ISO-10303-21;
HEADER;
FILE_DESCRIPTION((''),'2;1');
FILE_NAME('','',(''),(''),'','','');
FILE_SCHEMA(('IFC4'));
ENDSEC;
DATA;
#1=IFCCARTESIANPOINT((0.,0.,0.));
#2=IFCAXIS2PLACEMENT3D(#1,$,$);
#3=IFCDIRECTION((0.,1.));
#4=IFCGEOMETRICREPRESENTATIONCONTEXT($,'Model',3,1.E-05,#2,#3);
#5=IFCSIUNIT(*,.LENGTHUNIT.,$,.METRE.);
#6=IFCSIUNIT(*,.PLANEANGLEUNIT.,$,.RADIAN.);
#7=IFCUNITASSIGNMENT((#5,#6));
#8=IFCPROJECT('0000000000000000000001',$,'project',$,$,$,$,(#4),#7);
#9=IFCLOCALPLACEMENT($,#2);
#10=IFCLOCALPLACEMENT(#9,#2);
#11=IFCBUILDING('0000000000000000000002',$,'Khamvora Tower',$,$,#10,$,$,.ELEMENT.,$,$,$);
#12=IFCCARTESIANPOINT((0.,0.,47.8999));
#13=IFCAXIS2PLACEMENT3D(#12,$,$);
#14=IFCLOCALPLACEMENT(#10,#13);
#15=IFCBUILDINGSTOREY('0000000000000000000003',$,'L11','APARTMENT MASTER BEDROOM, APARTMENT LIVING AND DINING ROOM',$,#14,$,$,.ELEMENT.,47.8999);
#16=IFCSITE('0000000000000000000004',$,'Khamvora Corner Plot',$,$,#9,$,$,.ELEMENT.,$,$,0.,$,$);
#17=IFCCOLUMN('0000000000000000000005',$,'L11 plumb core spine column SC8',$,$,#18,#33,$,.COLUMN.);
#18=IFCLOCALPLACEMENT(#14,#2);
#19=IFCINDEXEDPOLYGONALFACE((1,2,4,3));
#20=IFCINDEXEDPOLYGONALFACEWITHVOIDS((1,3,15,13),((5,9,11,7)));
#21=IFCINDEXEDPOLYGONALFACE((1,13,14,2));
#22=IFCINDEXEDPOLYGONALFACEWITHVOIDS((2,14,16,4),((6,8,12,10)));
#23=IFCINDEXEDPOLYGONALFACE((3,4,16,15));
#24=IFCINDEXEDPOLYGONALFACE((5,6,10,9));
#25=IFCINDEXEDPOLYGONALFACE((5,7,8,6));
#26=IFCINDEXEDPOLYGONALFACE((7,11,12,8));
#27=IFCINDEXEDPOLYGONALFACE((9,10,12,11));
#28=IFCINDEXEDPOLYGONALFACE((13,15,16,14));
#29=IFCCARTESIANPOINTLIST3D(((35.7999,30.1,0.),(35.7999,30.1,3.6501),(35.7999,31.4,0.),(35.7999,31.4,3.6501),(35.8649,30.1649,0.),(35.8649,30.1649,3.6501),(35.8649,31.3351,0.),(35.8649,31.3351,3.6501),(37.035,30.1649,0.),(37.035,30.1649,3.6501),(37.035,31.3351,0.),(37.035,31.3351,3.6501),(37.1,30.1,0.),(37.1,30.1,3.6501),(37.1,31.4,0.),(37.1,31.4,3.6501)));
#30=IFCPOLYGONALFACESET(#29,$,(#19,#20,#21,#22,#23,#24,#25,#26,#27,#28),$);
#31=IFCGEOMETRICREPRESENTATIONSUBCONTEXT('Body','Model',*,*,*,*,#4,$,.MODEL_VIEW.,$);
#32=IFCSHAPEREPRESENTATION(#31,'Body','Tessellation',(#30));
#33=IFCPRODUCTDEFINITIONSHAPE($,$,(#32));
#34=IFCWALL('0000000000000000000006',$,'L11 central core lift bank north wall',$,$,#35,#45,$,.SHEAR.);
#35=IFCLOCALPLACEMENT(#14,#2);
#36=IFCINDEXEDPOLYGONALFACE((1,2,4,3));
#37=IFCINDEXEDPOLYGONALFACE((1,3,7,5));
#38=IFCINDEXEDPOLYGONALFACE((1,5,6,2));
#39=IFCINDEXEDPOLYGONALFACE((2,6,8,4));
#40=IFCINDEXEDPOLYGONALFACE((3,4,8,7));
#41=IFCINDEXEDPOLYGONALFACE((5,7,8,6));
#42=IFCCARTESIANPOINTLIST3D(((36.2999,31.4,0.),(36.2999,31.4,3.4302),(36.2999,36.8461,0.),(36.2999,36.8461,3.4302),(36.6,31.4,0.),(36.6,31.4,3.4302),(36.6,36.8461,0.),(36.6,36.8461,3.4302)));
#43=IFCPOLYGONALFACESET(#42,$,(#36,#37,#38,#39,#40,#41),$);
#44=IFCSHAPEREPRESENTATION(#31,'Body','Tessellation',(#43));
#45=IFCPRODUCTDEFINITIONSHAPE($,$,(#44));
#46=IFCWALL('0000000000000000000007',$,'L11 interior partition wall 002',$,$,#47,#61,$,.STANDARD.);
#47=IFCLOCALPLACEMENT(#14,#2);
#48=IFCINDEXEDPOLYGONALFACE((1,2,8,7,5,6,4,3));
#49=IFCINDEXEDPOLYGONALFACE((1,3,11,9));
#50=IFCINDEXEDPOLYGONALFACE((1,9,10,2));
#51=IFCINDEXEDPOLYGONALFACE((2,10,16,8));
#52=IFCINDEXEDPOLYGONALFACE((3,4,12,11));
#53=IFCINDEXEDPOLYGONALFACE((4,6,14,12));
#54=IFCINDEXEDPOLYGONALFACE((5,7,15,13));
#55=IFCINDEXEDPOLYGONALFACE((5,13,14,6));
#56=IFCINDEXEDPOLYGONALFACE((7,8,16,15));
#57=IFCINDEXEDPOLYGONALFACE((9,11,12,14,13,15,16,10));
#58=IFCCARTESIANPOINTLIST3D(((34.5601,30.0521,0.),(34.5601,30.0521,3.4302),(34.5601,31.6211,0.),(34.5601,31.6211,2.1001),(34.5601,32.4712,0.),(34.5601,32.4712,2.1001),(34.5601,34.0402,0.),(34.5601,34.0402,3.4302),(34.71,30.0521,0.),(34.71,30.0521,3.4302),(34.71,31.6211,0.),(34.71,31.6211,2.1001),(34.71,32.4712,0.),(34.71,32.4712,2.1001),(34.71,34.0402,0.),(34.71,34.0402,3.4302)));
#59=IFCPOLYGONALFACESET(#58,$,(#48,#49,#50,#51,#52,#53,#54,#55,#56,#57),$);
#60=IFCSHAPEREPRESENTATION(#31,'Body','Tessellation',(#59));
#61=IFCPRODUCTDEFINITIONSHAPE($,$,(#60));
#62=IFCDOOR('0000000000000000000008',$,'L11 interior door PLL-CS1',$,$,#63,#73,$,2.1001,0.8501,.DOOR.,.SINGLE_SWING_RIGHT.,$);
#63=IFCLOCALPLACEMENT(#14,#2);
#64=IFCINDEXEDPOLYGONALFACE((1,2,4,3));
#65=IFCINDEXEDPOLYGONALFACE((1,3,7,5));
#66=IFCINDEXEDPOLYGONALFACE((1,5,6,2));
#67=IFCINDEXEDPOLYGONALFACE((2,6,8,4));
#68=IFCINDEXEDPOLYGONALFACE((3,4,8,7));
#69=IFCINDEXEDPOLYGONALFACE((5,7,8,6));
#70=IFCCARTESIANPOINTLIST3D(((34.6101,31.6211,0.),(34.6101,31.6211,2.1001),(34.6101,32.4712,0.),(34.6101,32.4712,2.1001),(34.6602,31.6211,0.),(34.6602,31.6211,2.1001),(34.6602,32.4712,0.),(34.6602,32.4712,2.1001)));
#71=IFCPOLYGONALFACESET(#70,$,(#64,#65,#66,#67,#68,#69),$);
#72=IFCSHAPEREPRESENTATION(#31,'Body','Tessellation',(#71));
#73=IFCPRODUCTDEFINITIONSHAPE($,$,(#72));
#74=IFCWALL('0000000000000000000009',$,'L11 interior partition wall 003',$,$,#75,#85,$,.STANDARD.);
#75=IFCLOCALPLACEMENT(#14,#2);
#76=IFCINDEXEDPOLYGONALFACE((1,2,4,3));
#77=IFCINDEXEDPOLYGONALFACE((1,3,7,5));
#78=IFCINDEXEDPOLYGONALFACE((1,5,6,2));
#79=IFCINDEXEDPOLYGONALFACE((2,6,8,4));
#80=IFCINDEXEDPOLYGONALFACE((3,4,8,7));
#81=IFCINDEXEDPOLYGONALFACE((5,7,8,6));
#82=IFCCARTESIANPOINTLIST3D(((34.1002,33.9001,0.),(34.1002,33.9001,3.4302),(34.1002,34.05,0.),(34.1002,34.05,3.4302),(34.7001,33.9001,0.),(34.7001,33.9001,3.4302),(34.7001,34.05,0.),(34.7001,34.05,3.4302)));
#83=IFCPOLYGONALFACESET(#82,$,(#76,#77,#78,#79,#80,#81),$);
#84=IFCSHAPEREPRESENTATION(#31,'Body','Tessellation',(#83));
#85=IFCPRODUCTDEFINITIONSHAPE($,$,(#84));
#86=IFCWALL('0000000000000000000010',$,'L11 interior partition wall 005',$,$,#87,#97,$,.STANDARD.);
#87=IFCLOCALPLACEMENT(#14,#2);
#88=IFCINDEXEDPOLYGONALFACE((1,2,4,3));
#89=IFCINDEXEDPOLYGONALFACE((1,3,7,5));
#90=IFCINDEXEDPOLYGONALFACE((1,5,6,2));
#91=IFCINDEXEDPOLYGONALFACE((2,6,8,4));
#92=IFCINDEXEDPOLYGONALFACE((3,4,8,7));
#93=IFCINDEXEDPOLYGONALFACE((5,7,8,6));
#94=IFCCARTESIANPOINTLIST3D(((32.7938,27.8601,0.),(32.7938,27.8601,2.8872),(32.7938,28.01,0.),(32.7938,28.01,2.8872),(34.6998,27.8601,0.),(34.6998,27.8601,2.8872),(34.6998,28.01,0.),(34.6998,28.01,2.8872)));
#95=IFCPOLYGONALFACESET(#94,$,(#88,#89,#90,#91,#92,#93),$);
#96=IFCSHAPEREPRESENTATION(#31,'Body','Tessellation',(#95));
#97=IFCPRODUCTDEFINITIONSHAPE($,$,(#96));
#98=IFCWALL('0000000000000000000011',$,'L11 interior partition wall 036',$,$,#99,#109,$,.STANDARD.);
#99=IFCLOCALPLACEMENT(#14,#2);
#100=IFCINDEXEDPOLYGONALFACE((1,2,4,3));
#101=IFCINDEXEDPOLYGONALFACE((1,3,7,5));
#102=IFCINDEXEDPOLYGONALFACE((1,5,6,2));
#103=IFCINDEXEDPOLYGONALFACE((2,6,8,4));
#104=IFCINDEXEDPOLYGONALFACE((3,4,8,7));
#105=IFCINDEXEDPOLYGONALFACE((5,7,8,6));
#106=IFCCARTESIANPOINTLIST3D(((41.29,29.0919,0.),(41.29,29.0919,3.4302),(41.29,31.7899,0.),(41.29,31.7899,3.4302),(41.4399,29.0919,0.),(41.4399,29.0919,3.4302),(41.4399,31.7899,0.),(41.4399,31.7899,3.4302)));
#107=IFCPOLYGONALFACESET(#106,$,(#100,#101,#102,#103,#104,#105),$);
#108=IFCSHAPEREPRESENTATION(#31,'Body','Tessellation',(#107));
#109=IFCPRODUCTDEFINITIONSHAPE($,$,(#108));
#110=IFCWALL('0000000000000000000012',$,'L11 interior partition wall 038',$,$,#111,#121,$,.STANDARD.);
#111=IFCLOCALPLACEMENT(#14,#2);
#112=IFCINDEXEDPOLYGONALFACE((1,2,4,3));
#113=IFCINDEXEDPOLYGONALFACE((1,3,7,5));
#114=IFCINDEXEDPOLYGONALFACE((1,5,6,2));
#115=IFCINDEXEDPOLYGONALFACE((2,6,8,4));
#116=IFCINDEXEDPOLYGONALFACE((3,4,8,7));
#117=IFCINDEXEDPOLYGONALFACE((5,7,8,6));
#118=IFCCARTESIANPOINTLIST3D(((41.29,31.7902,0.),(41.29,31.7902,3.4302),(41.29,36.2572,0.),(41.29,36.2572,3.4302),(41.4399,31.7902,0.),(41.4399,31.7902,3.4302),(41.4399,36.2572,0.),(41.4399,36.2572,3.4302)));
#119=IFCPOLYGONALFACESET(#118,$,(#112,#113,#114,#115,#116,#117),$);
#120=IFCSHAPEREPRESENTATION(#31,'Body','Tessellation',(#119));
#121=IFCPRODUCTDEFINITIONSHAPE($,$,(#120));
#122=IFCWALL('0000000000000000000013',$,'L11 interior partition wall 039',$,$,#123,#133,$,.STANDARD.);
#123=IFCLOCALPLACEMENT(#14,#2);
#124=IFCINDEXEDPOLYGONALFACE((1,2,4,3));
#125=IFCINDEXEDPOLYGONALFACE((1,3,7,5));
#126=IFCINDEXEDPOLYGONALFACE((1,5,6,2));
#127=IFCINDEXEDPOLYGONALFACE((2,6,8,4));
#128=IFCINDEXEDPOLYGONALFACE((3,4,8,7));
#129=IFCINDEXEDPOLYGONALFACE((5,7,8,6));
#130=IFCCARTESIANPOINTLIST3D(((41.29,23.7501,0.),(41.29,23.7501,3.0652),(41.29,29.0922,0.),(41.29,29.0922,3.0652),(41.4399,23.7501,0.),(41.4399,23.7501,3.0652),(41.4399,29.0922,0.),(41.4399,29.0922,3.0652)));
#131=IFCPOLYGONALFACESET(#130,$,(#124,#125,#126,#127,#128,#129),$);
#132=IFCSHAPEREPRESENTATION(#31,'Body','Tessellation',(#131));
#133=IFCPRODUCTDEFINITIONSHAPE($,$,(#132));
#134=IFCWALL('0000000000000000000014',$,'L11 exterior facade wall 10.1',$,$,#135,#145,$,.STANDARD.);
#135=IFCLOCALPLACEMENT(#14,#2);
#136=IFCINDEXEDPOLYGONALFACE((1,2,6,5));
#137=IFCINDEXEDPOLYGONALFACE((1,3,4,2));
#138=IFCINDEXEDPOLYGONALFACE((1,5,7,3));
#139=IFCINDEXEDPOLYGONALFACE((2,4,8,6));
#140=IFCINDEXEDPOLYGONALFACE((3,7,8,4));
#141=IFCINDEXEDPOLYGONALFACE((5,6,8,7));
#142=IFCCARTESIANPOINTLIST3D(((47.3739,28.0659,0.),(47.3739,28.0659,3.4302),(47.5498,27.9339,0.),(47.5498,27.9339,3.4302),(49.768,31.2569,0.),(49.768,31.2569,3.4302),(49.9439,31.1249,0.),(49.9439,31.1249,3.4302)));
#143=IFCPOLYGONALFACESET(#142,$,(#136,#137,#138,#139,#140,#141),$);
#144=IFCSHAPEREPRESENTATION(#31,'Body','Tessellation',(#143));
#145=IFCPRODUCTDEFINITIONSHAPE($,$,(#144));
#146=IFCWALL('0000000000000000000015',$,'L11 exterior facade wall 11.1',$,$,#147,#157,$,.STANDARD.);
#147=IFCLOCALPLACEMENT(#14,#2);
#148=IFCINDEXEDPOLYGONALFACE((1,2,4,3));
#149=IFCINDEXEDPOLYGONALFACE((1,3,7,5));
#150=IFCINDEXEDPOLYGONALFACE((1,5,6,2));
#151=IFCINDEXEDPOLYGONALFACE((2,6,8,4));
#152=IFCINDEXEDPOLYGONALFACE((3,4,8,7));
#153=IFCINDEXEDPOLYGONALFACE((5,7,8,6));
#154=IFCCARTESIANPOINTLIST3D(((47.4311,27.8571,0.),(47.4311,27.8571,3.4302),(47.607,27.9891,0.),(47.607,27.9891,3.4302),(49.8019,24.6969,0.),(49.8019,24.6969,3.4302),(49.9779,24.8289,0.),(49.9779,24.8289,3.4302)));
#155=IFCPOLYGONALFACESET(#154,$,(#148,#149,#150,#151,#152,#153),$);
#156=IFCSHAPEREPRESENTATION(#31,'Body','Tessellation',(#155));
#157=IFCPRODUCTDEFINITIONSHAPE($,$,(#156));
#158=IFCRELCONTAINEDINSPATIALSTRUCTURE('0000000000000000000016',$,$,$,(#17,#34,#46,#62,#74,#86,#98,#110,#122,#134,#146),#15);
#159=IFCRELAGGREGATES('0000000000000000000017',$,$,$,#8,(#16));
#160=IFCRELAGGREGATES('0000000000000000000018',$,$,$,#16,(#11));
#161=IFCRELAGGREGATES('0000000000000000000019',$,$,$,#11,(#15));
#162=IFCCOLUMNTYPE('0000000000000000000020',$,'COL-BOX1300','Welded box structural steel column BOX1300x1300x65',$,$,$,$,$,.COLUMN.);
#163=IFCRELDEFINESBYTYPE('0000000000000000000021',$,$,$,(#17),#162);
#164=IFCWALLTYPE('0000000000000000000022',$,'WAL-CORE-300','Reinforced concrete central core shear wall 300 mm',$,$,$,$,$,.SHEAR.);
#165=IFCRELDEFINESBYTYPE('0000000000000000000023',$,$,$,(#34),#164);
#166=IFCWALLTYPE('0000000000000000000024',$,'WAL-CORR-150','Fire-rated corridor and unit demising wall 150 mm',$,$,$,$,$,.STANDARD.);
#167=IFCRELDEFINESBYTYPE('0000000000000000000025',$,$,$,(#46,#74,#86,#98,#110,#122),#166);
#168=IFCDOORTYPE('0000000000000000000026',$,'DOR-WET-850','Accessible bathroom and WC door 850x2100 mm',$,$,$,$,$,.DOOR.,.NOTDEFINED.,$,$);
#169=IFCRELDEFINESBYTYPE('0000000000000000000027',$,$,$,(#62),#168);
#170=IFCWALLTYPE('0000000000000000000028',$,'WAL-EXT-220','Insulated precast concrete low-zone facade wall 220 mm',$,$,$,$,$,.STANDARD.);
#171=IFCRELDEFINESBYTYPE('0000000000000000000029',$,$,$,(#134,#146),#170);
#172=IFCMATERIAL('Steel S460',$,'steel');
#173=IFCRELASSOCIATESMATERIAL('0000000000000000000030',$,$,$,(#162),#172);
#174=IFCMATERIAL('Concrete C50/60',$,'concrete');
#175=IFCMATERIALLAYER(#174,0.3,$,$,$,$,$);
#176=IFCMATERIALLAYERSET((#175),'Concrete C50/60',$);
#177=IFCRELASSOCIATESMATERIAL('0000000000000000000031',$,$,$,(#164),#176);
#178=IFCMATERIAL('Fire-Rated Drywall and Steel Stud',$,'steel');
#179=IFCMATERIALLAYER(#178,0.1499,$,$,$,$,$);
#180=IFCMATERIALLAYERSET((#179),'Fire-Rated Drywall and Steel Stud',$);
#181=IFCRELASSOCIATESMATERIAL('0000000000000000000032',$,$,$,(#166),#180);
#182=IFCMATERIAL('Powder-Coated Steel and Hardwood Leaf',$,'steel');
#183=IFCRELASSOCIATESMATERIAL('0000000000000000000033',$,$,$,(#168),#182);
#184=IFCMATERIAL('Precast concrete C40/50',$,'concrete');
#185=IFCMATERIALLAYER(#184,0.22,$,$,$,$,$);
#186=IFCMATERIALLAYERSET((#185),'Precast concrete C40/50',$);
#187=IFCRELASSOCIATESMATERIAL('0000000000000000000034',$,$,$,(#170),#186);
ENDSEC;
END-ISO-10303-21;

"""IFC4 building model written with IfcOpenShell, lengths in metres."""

from ifc_helpers import new_model, si_unit, direction, frame, frame_2d, origin, origin_2d, place, context, subcontext, project, spatial, rectangle, hollow_rectangle, extrude, material, layer, layer_set, material_profile, profile_set, type_object, element, fill, save


model = new_model("IFC4")

# Units and contexts
model_context = context("Model", 3, precision=1e-05, world=origin(), true_north=direction((0.0, 1.0)))
body_context = subcontext(model_context, "Body", "Model", "MODEL_VIEW")
ifc_project = project(units=[si_unit("LENGTHUNIT", "METRE"), si_unit("PLANEANGLEUNIT", "RADIAN")], contexts=[model_context])

# Site, building, storey
site_placement = place(None, origin())
site = spatial("IfcSite", under=ifc_project, at=site_placement, Name="Khamvora Corner Plot", CompositionType="ELEMENT", RefElevation=0.0)
building_placement = place(site_placement, origin())
building = spatial("IfcBuilding", under=site, at=building_placement, Name="Khamvora Tower", CompositionType="ELEMENT")
storey_placement = place(building_placement, frame((0.0, 0.0, 47.8999)))
storey = spatial("IfcBuildingStorey", under=building, at=storey_placement, Name="L11", Description="APARTMENT MASTER BEDROOM, APARTMENT LIVING AND DINING ROOM", CompositionType="ELEMENT", Elevation=47.8999)

# Column
ifc_material_1 = material(Name="Steel S460", Category="steel")
ifc_material_profile = material_profile(ifc_material_1, hollow_rectangle(XDim=1.3, YDim=1.3, WallThickness=0.0649, at=origin_2d()), Name="BOX1300x1300x65")
ifc_profile_set = profile_set([ifc_material_profile], Name="Steel S460")
column_type = type_object("IfcColumnType", Name="COL-BOX1300", Description="Welded box structural steel column BOX1300x1300x65", PredefinedType="COLUMN", material=ifc_profile_set)
column_placement = place(storey_placement, frame((36.45, 30.75, 0.0), z_axis=(0.0, 0.0, 1.0), x_axis=(1.0, 0.0, 0.0)))
element("IfcColumn", 1, at=column_placement, inside=storey, type_object=column_type, Name="L11 plumb core spine column SC8", PredefinedType="COLUMN", context=body_context, shape_type="SweptSolid", body=[
    extrude(hollow_rectangle(XDim=1.3, YDim=1.3, WallThickness=0.0649, at=origin_2d()), origin(), (0.0, 0.0, 1.0), 3.6501),
])

# Wall
ifc_material_2 = material(Name="Concrete C50/60", Category="concrete")
ifc_layer_1 = layer(ifc_material_2, 0.3)
ifc_layer_set_1 = layer_set([ifc_layer_1], Name="Concrete C50/60")
wall_type_1 = type_object("IfcWallType", Name="WAL-CORE-300", Description="Reinforced concrete central core shear wall 300 mm", PredefinedType="SHEAR", material=ifc_layer_set_1)
wall_1_placement = place(storey_placement, frame((36.45, 31.3999, 0.0), z_axis=(0.0, 0.0, 1.0), x_axis=(0.0, 1.0, 0.0)))
element("IfcWall", 2, at=wall_1_placement, inside=storey, type_object=wall_type_1, Name="L11 central core lift bank north wall", PredefinedType="SHEAR", context=body_context, shape_type="SweptSolid", body=[
    extrude(rectangle(XDim=5.446, YDim=0.3, at=frame_2d((2.7231, 0.0))), origin(), (0.0, 0.0, 1.0), 3.4302),
])

# Wall, opening, door
ifc_material_3 = material(Name="Fire-Rated Drywall and Steel Stud", Category="steel")
ifc_layer_2 = layer(ifc_material_3, 0.1499)
ifc_layer_set_2 = layer_set([ifc_layer_2], Name="Fire-Rated Drywall and Steel Stud")
wall_type_2 = type_object("IfcWallType", Name="WAL-CORR-150", Description="Fire-rated corridor and unit demising wall 150 mm", PredefinedType="STANDARD", material=ifc_layer_set_2)
wall_2_placement = place(storey_placement, frame((34.635, 30.052, 0.0), z_axis=(0.0, 0.0, 1.0), x_axis=(0.0, 1.0, 0.0)))
wall_2 = element("IfcWall", 3, at=wall_2_placement, inside=storey, type_object=wall_type_2, Name="L11 interior partition wall 002", PredefinedType="STANDARD", context=body_context, shape_type="SweptSolid", body=[
    extrude(rectangle(XDim=3.988, YDim=0.1499, at=frame_2d((1.9941, 0.0))), origin(), (0.0, 0.0, 1.0), 3.4302),
])
opening_1_placement = place(wall_2_placement, frame((1.5691, 0.0, 0.0)))
opening_1 = element("IfcOpeningElement", 4, at=opening_1_placement, cuts=wall_2, PredefinedType="OPENING", context=body_context, shape_type="SweptSolid", body=[
    extrude(rectangle(XDim=0.8501, YDim=2.1001, at=frame_2d((0.425, 1.05))), frame((0.0, 0.085, 0.0), z_axis=(0.0, -1.0, 0.0), x_axis=(1.0, 0.0, 0.0)), (0.0, 0.0, 1.0), 0.1699),
])
ifc_material_4 = material(Name="Powder-Coated Steel and Hardwood Leaf", Category="steel")
door_type_1 = type_object("IfcDoorType", Name="DOR-WET-850", Description="Accessible bathroom and WC door 850x2100 mm", OperationType="NOTDEFINED", PredefinedType="DOOR", material=ifc_material_4)
door_1_placement = place(opening_1_placement, origin())
door_1 = element("IfcDoor", 5, at=door_1_placement, inside=storey, type_object=door_type_1, Name="L11 interior door PLL-CS1", OperationType="SINGLE_SWING_RIGHT", OverallHeight=2.1001, OverallWidth=0.8501, PredefinedType="DOOR", context=body_context, shape_type="SweptSolid", body=[
    extrude(rectangle(XDim=0.8501, YDim=2.1001, at=frame_2d((0.425, 1.05))), frame((0.0, 0.0249, 0.0), z_axis=(0.0, -1.0, 0.0), x_axis=(1.0, 0.0, 0.0)), (0.0, 0.0, 1.0), 0.05),
])
fill(opening_1, door_1)

# Walls
wall_3_placement = place(storey_placement, frame((34.7, 33.9751, 0.0), z_axis=(0.0, 0.0, 1.0), x_axis=(-1.0, 0.0, 0.0)))
element("IfcWall", 6, at=wall_3_placement, inside=storey, type_object=wall_type_2, Name="L11 interior partition wall 003", PredefinedType="STANDARD", context=body_context, shape_type="SweptSolid", body=[
    extrude(rectangle(XDim=0.5999, YDim=0.1499, at=frame_2d((0.2998, 0.0))), origin(), (0.0, 0.0, 1.0), 3.4302),
])
wall_4_placement = place(storey_placement, frame((34.7, 27.9351, 0.0), z_axis=(0.0, 0.0, 1.0), x_axis=(-1.0, 0.0, 0.0)))
element("IfcWall", 7, at=wall_4_placement, inside=storey, type_object=wall_type_2, Name="L11 interior partition wall 005", PredefinedType="STANDARD", context=body_context, shape_type="SweptSolid", body=[
    extrude(rectangle(XDim=1.906, YDim=0.1499, at=frame_2d((0.9531, 0.0))), origin(), (0.0, 0.0, 1.0), 2.8872),
])
wall_5_placement = place(storey_placement, frame((41.365, 31.79, 0.0), z_axis=(0.0, 0.0, 1.0), x_axis=(0.0, -1.0, 0.0)))
element("IfcWall", 8, at=wall_5_placement, inside=storey, type_object=wall_type_2, Name="L11 interior partition wall 036", PredefinedType="STANDARD", context=body_context, shape_type="SweptSolid", body=[
    extrude(rectangle(XDim=2.698, YDim=0.1499, at=frame_2d((1.3491, 0.0))), origin(), (0.0, 0.0, 1.0), 3.4302),
])
wall_6_placement = place(storey_placement, frame((41.365, 36.2571, 0.0), z_axis=(0.0, 0.0, 1.0), x_axis=(0.0, -1.0, 0.0)))
element("IfcWall", 9, at=wall_6_placement, inside=storey, type_object=wall_type_2, Name="L11 interior partition wall 038", PredefinedType="STANDARD", context=body_context, shape_type="SweptSolid", body=[
    extrude(rectangle(XDim=4.467, YDim=0.1499, at=frame_2d((2.2334, 0.0))), origin(), (0.0, 0.0, 1.0), 3.4302),
])
wall_7_placement = place(storey_placement, frame((41.365, 29.092, 0.0), z_axis=(0.0, 0.0, 1.0), x_axis=(0.0, -1.0, 0.0)))
element("IfcWall", 10, at=wall_7_placement, inside=storey, type_object=wall_type_2, Name="L11 interior partition wall 039", PredefinedType="STANDARD", context=body_context, shape_type="SweptSolid", body=[
    extrude(rectangle(XDim=5.342, YDim=0.1499, at=frame_2d((2.6709, 0.0))), origin(), (0.0, 0.0, 1.0), 3.0652),
])
ifc_material_5 = material(Name="Precast concrete C40/50", Category="concrete")
ifc_layer_3 = layer(ifc_material_5, 0.22)
ifc_layer_set_3 = layer_set([ifc_layer_3], Name="Precast concrete C40/50")
wall_type_3 = type_object("IfcWallType", Name="WAL-EXT-220", Description="Insulated precast concrete low-zone facade wall 220 mm", PredefinedType="STANDARD", material=ifc_layer_set_3)
wall_8_placement = place(storey_placement, frame((49.856, 31.1909, 0.0), z_axis=(0.0, 0.0, 1.0), x_axis=(-0.600137, -0.799897, 0.0)))
element("IfcWall", 11, at=wall_8_placement, inside=storey, type_object=wall_type_3, Name="L11 exterior facade wall 10.1", PredefinedType="STANDARD", context=body_context, shape_type="SweptSolid", body=[
    extrude(rectangle(XDim=3.9893, YDim=0.22, at=frame_2d((1.9946, 0.0))), origin(), (0.0, 0.0, 1.0), 3.4302),
])
wall_9_placement = place(storey_placement, frame((47.519, 27.9231, 0.0), z_axis=(0.0, 0.0, 1.0), x_axis=(0.600119, -0.799911, 0.0)))
element("IfcWall", 12, at=wall_9_placement, inside=storey, type_object=wall_type_3, Name="L11 exterior facade wall 11.1", PredefinedType="STANDARD", context=body_context, shape_type="SweptSolid", body=[
    extrude(rectangle(XDim=3.9507, YDim=0.22, at=frame_2d((1.9753, 0.0))), origin(), (0.0, 0.0, 1.0), 3.4302),
])

save(model, "model.ifc")
